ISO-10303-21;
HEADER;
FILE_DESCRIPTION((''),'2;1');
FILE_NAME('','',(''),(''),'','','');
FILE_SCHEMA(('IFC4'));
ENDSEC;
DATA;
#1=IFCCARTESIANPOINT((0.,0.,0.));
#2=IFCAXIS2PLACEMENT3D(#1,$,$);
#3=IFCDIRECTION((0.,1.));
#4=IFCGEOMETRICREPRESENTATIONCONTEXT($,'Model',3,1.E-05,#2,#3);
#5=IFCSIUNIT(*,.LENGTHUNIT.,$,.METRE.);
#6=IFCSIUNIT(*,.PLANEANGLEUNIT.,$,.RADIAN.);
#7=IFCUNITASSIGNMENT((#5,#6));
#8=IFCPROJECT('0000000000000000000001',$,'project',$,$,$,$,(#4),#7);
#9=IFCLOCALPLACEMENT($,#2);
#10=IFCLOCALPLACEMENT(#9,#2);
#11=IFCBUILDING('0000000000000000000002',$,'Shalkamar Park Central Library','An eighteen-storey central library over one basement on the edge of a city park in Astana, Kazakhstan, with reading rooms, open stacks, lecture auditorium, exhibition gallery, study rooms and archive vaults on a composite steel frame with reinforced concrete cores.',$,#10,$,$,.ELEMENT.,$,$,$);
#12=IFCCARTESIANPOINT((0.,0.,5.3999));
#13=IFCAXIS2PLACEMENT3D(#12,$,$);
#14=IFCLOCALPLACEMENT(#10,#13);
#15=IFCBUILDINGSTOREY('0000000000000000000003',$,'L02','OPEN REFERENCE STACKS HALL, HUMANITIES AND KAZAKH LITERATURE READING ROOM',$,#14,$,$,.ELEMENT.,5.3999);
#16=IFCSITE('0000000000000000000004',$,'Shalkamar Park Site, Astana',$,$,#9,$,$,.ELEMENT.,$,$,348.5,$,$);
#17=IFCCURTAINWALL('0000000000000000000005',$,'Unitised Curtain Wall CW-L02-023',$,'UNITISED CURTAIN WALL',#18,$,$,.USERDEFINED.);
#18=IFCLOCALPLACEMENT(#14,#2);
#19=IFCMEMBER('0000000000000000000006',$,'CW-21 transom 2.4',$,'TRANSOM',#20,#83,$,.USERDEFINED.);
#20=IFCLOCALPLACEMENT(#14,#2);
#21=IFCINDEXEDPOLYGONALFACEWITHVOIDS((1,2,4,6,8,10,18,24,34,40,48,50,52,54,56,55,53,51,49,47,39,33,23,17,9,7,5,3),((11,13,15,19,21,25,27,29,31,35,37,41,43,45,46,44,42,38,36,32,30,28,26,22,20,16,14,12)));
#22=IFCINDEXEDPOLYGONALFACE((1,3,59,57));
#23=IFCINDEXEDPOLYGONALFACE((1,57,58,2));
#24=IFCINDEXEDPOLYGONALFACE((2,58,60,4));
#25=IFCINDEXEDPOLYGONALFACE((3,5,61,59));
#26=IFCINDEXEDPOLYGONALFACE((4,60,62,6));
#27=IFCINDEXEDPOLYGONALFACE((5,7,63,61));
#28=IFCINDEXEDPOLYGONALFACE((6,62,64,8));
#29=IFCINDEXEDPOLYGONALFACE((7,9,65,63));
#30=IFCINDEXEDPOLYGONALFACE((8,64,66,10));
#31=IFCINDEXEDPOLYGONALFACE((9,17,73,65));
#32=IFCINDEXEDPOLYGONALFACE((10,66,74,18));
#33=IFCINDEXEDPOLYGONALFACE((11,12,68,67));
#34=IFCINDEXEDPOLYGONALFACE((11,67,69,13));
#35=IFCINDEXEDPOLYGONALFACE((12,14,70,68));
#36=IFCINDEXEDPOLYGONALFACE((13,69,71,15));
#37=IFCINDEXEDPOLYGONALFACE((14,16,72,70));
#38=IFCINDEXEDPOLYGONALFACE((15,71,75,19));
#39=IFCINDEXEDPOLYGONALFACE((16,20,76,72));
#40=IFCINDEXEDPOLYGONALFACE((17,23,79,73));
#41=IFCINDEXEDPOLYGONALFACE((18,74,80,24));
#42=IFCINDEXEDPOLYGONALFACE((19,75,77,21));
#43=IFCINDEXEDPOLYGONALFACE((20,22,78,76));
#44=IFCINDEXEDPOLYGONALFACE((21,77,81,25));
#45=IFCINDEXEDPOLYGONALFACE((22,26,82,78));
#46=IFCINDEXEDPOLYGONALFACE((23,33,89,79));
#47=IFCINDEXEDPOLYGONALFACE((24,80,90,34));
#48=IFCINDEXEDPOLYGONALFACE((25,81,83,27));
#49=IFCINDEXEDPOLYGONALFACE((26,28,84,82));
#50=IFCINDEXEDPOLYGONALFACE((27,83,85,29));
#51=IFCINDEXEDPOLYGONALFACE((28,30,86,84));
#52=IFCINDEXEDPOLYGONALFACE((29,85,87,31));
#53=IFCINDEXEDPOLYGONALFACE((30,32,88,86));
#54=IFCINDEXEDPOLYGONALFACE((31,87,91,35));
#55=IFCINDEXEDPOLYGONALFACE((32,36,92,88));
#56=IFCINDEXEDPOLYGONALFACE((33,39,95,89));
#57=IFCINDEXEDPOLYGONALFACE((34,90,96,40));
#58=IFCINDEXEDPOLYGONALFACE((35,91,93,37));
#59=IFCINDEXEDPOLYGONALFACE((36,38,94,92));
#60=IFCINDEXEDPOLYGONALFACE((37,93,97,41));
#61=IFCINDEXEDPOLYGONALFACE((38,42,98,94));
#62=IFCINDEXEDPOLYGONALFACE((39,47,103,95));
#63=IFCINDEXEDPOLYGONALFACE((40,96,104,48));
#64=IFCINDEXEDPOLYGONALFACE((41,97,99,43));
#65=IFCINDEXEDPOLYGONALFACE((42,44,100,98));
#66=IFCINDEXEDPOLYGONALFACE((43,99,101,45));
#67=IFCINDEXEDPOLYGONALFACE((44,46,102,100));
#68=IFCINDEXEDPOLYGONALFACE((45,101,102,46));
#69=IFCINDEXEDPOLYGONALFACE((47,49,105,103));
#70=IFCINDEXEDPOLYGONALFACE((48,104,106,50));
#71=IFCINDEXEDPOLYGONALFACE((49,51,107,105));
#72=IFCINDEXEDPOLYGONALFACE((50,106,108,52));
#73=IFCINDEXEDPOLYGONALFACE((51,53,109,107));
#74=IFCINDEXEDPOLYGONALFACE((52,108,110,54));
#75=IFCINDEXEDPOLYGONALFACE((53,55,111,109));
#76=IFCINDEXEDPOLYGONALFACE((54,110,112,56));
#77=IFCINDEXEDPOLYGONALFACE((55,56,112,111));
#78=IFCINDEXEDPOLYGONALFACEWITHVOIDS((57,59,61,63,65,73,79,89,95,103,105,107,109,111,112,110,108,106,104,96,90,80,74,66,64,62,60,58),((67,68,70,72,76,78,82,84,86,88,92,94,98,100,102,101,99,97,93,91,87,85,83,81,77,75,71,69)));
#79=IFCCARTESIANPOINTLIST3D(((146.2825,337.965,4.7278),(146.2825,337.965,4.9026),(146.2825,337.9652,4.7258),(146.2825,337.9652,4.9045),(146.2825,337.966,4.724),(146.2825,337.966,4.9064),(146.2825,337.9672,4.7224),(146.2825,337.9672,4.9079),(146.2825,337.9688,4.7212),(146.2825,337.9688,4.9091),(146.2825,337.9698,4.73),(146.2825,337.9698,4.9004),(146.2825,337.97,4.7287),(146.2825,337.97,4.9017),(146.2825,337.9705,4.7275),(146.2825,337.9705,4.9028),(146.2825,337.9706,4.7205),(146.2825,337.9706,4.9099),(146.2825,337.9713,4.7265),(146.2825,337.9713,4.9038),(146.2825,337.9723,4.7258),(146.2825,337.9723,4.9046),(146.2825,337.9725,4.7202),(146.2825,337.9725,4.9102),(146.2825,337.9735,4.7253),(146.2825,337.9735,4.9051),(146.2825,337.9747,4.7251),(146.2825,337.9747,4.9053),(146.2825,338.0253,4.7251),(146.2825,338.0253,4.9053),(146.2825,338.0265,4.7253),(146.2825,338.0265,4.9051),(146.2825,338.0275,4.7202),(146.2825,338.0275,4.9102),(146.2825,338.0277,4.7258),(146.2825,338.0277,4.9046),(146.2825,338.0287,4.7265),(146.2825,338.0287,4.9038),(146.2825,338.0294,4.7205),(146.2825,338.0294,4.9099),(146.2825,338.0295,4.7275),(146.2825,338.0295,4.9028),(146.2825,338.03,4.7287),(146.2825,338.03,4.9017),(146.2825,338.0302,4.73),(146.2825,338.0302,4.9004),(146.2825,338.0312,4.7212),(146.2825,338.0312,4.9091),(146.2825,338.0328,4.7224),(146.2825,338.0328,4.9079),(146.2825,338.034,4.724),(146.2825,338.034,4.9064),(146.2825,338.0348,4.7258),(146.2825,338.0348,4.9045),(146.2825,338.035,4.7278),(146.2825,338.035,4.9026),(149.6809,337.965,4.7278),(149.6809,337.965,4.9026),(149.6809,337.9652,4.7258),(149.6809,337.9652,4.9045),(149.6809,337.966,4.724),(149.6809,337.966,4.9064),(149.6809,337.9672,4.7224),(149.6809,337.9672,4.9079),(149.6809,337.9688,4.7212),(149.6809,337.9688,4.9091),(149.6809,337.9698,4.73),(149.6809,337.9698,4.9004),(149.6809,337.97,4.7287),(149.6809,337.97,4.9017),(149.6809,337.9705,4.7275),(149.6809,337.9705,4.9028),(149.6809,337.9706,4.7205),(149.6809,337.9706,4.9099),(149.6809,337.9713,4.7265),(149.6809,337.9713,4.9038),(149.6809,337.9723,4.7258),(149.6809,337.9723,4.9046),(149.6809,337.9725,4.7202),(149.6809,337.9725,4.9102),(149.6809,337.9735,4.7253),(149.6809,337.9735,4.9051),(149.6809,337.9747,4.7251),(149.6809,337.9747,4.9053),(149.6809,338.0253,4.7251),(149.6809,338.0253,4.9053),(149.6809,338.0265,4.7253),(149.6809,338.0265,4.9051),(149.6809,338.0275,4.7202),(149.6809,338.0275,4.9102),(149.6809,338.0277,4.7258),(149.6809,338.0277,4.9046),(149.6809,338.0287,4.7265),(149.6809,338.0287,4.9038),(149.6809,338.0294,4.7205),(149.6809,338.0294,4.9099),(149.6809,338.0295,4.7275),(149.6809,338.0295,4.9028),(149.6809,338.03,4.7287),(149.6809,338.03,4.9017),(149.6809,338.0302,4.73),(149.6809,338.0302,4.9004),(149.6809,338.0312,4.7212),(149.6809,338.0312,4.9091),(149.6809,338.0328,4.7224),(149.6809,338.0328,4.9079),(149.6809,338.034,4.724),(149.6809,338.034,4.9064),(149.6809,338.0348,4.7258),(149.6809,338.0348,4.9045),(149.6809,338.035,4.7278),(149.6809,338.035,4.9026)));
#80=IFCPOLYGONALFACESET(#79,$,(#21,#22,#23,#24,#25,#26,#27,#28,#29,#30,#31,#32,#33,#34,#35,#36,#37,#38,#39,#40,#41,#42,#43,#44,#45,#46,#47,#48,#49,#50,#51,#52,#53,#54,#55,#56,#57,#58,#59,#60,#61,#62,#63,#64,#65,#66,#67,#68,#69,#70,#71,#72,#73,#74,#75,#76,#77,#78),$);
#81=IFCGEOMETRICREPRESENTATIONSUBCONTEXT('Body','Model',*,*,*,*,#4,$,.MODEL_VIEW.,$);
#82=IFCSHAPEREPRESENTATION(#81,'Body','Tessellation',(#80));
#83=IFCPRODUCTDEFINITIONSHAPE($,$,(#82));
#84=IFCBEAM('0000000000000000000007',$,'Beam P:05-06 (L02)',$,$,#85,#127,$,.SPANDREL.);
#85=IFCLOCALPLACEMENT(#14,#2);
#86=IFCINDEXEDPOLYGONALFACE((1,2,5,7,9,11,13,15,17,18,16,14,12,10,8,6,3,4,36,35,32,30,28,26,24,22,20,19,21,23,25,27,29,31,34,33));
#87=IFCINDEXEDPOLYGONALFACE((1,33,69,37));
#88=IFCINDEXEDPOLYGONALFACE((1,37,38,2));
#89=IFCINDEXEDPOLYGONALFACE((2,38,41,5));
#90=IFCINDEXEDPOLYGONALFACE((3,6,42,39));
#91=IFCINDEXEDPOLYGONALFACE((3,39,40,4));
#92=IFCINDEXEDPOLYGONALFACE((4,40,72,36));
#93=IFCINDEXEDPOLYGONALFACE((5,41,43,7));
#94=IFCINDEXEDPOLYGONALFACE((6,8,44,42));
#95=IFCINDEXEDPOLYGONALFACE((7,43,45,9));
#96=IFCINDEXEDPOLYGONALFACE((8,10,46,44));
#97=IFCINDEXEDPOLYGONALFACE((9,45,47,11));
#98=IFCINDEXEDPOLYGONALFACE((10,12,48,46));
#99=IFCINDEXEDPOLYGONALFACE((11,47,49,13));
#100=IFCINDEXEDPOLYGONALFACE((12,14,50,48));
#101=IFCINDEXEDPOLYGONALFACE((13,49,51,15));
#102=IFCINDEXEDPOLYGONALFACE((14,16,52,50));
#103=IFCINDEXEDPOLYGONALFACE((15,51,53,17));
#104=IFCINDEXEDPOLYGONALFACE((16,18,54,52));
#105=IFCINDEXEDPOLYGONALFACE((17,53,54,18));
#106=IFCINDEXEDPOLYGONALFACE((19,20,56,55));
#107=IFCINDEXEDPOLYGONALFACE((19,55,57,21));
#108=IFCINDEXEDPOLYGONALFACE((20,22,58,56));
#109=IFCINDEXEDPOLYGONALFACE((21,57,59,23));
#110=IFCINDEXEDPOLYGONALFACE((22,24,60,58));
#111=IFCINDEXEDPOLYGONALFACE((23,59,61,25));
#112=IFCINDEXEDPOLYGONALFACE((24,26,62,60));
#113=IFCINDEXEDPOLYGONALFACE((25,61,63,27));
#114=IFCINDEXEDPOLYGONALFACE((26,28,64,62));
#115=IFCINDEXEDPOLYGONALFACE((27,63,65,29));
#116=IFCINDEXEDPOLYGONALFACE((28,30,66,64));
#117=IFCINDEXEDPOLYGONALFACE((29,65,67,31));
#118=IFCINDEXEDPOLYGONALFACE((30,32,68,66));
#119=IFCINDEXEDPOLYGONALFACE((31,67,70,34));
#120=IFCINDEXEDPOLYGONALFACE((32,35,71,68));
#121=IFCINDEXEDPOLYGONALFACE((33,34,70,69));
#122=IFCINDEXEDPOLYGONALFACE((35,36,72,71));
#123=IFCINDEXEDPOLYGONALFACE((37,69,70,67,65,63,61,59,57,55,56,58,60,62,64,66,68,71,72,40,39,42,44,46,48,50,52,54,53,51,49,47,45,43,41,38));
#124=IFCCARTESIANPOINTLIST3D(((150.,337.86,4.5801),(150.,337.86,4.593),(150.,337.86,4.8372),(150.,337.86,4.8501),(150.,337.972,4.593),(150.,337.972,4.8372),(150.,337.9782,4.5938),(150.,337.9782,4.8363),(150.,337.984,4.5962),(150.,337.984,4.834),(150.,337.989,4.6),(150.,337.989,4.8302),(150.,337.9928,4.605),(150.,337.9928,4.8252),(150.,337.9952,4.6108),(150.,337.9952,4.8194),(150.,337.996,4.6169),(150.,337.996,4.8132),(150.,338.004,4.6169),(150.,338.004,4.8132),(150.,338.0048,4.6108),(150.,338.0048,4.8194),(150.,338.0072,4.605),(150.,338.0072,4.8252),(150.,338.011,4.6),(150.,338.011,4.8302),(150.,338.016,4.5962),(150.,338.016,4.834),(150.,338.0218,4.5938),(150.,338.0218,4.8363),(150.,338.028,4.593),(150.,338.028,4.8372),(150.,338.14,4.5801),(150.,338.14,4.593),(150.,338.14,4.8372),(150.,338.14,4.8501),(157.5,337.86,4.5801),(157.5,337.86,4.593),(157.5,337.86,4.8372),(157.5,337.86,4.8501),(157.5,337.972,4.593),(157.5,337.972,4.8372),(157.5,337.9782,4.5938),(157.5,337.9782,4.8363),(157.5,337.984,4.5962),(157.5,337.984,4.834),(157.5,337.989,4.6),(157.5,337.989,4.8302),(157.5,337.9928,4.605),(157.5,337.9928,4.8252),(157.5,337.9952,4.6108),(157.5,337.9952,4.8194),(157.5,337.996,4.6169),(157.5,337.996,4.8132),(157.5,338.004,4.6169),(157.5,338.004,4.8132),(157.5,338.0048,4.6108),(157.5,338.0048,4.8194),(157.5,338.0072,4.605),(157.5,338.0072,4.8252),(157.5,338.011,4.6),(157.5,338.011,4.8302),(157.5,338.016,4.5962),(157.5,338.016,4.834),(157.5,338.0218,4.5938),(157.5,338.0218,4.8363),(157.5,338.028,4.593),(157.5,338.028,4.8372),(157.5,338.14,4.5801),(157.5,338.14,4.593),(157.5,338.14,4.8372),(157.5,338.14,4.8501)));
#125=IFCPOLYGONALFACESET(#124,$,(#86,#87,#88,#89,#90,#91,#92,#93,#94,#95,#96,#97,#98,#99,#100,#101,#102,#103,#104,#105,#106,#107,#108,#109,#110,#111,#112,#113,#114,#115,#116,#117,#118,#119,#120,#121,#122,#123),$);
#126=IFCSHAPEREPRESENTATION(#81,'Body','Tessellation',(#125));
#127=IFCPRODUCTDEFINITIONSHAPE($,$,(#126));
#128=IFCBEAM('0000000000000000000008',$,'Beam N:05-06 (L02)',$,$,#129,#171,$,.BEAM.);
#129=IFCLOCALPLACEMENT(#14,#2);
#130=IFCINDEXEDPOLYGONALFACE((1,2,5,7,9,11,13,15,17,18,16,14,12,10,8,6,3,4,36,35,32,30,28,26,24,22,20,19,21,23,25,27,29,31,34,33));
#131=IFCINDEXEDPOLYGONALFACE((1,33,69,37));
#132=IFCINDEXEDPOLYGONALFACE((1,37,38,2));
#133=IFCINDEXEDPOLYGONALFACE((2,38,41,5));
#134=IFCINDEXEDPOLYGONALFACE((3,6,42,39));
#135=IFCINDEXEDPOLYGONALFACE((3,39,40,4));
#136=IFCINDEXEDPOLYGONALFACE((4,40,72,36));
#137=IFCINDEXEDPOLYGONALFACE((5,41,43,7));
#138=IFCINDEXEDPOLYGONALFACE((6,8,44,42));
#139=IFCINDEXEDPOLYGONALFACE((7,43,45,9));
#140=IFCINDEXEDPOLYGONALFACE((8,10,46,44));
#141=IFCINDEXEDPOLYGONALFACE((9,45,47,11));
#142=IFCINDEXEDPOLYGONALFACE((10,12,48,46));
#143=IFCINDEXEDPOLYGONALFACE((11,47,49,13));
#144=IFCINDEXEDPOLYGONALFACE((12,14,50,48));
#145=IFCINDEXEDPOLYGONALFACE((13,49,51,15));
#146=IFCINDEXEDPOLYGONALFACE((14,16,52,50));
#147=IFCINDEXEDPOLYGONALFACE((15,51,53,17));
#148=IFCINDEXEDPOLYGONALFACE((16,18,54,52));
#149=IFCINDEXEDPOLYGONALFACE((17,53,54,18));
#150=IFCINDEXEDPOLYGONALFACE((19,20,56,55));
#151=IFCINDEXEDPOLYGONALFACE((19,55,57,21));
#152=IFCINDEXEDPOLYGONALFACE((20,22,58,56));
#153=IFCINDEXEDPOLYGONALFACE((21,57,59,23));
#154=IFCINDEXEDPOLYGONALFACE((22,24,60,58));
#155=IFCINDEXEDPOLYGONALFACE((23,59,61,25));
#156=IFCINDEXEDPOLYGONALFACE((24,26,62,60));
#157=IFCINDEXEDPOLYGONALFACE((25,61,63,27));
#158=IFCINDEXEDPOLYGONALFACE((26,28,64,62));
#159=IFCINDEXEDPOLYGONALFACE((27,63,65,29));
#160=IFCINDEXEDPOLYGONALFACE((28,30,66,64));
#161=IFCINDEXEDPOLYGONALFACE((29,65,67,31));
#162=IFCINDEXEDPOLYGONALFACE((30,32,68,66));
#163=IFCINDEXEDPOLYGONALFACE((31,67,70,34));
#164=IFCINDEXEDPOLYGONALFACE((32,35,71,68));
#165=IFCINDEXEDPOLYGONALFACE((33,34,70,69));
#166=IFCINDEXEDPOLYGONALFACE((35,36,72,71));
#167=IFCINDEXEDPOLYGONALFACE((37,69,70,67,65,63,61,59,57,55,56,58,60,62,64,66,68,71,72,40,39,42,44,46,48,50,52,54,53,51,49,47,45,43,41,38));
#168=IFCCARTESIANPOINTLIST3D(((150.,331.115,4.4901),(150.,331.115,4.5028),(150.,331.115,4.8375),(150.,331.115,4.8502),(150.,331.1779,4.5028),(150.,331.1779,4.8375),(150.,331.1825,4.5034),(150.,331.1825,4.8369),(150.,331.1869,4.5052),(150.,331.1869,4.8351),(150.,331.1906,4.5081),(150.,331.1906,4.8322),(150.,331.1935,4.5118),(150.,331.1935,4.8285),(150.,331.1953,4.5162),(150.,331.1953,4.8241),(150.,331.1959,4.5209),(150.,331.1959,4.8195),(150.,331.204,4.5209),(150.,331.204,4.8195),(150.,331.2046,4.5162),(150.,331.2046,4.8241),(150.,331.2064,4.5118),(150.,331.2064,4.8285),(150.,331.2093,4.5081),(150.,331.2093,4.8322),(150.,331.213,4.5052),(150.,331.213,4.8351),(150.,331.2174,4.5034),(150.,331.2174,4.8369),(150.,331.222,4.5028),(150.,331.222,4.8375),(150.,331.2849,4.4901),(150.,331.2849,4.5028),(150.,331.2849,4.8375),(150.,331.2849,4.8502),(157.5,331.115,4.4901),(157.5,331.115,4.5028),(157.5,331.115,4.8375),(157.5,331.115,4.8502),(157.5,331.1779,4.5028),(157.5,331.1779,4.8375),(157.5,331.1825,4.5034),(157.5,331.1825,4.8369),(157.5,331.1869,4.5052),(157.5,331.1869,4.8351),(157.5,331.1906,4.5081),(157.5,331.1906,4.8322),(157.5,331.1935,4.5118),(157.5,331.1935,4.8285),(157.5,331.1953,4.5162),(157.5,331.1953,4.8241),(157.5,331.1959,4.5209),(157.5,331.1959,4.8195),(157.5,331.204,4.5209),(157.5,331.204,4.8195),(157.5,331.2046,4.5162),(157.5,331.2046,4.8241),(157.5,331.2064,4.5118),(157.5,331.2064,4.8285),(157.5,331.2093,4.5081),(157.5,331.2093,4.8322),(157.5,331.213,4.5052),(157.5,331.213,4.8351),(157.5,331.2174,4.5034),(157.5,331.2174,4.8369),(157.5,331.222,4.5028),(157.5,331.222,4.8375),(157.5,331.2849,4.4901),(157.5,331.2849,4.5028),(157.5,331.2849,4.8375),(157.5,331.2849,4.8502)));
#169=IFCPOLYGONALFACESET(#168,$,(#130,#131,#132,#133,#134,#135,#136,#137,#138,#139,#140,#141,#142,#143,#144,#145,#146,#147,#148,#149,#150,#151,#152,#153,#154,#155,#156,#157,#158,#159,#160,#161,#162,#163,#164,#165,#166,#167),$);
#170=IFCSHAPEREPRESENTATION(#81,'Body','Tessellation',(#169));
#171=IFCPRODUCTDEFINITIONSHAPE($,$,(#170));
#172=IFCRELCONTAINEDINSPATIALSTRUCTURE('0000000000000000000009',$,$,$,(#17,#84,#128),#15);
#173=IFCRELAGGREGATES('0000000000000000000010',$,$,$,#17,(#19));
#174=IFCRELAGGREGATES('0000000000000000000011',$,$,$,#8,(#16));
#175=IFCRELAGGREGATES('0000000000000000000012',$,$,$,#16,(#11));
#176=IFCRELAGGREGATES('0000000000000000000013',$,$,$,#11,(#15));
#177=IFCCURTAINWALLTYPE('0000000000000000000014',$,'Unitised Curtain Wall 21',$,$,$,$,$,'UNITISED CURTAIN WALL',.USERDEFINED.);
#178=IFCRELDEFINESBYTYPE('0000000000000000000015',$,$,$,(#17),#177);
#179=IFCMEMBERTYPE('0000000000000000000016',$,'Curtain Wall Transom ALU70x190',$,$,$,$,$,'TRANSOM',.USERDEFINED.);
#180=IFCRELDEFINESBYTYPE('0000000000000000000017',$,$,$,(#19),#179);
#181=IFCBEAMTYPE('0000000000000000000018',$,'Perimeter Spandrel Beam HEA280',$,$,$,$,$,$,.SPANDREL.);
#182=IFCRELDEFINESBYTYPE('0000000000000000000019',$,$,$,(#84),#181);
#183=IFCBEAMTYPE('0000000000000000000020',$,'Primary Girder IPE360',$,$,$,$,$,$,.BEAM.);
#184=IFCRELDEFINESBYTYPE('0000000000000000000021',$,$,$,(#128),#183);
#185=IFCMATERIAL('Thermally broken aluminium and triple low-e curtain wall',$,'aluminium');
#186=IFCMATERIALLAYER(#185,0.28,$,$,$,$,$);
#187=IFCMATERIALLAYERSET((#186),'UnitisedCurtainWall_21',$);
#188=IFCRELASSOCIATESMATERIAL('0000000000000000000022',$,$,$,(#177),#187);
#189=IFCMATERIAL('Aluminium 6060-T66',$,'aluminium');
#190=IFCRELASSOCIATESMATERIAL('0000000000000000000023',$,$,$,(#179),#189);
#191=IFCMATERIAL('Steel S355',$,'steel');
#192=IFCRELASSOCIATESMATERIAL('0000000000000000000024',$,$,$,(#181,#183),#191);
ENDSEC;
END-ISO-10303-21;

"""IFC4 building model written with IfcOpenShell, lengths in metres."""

from ifc_helpers import new_model, si_unit, direction, frame, origin, origin_2d, place, context, subcontext, project, spatial, hollow_rectangle, i_section, extrude, material, layer, layer_set, material_profile, profile_set, type_object, element, aggregate, save


model = new_model("IFC4")

# Units and contexts
model_context = context("Model", 3, precision=1e-05, world=origin(), true_north=direction((0.0, 1.0)))
body_context = subcontext(model_context, "Body", "Model", "MODEL_VIEW")
ifc_project = project(units=[si_unit("LENGTHUNIT", "METRE"), si_unit("PLANEANGLEUNIT", "RADIAN")], contexts=[model_context])

# Site, building, storey
site_placement = place(None, origin())
site = spatial("IfcSite", under=ifc_project, at=site_placement, Name="Shalkamar Park Site, Astana", CompositionType="ELEMENT", RefElevation=348.5)
building_placement = place(site_placement, origin())
building = spatial("IfcBuilding", under=site, at=building_placement, Name="Shalkamar Park Central Library", Description="An eighteen-storey central library over one basement on the edge of a city park in Astana, Kazakhstan, with reading rooms, open stacks, lecture auditorium, exhibition gallery, study rooms and archive vaults on a composite steel frame with reinforced concrete cores.", CompositionType="ELEMENT")
storey_placement = place(building_placement, frame((0.0, 0.0, 5.3999)))
storey = spatial("IfcBuildingStorey", under=building, at=storey_placement, Name="L02", Description="OPEN REFERENCE STACKS HALL, HUMANITIES AND KAZAKH LITERATURE READING ROOM", CompositionType="ELEMENT", Elevation=5.3999)

# Shared definitions
ifc_material_1 = material(Name="Steel S355", Category="steel")

# Shared definitions
ifc_material_2 = material(Name="Thermally broken aluminium and triple low-e curtain wall", Category="aluminium")
ifc_material_3 = material(Name="Aluminium 6060-T66", Category="aluminium")

# Curtain wall
ifc_layer_1 = layer(ifc_material_2, 0.28)
ifc_layer_set_1 = layer_set([ifc_layer_1], Name="UnitisedCurtainWall_21")
curtain_wall_type_1 = type_object("IfcCurtainWallType", Name="Unitised Curtain Wall 21", ElementType="UNITISED CURTAIN WALL", PredefinedType="USERDEFINED", material=ifc_layer_set_1)
curtain_wall_1_placement = place(storey_placement, origin())
curtain_wall_1 = element("IfcCurtainWall", 1, at=curtain_wall_1_placement, inside=storey, type_object=curtain_wall_type_1, Name="Unitised Curtain Wall CW-L02-023", ObjectType="UNITISED CURTAIN WALL", PredefinedType="USERDEFINED")

# Member
ifc_material_profile_1 = material_profile(ifc_material_3, hollow_rectangle(XDim=0.0701, YDim=0.1899, WallThickness=0.0049, InnerFilletRadius=0.0049, OuterFilletRadius=0.0076, at=origin_2d()), Name="ALU 70x190x5")
ifc_profile_set_1 = profile_set([ifc_material_profile_1], Name="Aluminium 6060-T66")
member_type_1 = type_object("IfcMemberType", Name="Curtain Wall Transom ALU70x190", ElementType="TRANSOM", PredefinedType="USERDEFINED", material=ifc_profile_set_1)
member_1_placement = place(storey_placement, frame((146.2825, 338.0, 4.8152), z_axis=(1.0, 0.0, 0.0), x_axis=(0.0, 1.0, 0.0)))
member_1 = element("IfcMember", 2, at=member_1_placement, type_object=member_type_1, Name="CW-21 transom 2.4", ObjectType="TRANSOM", PredefinedType="USERDEFINED", context=body_context, shape_type="SweptSolid", body=[
    extrude(hollow_rectangle(XDim=0.0701, YDim=0.1899, WallThickness=0.0049, InnerFilletRadius=0.0049, OuterFilletRadius=0.0076, at=origin_2d()), origin(), (0.0, 0.0, 1.0), 3.3984),
])

# Beams
ifc_material_profile_2 = material_profile(ifc_material_1, i_section(OverallWidth=0.28, OverallDepth=0.27, WebThickness=0.0081, FlangeThickness=0.0129, FilletRadius=0.0239, at=origin_2d()), Name="HEA 280")
ifc_profile_set_2 = profile_set([ifc_material_profile_2], Name="Steel S355")
beam_type_1 = type_object("IfcBeamType", Name="Perimeter Spandrel Beam HEA280", PredefinedType="SPANDREL", material=ifc_profile_set_2)
beam_1_placement = place(storey_placement, frame((150.0, 338.0, 4.7151), z_axis=(1.0, 0.0, 0.0), x_axis=(0.0, 1.0, 0.0)))
element("IfcBeam", 3, at=beam_1_placement, inside=storey, type_object=beam_type_1, Name="Beam P:05-06 (L02)", PredefinedType="SPANDREL", context=body_context, shape_type="SweptSolid", body=[
    extrude(i_section(OverallWidth=0.28, OverallDepth=0.27, WebThickness=0.0081, FlangeThickness=0.0129, FilletRadius=0.0239, at=origin_2d()), origin(), (0.0, 0.0, 1.0), 7.5),
])
ifc_material_profile_3 = material_profile(ifc_material_1, i_section(OverallWidth=0.1699, OverallDepth=0.3601, WebThickness=0.0081, FlangeThickness=0.0127, FilletRadius=0.0181, at=origin_2d()), Name="IPE 360")
ifc_profile_set_3 = profile_set([ifc_material_profile_3], Name="Steel S355")
beam_type_2 = type_object("IfcBeamType", Name="Primary Girder IPE360", PredefinedType="BEAM", material=ifc_profile_set_3)
beam_2_placement = place(storey_placement, frame((150.0, 331.2, 4.6702), z_axis=(1.0, 0.0, 0.0), x_axis=(0.0, 1.0, 0.0)))
element("IfcBeam", 4, at=beam_2_placement, inside=storey, type_object=beam_type_2, Name="Beam N:05-06 (L02)", PredefinedType="BEAM", context=body_context, shape_type="SweptSolid", body=[
    extrude(i_section(OverallWidth=0.1699, OverallDepth=0.3601, WebThickness=0.0081, FlangeThickness=0.0127, FilletRadius=0.0181, at=origin_2d()), origin(), (0.0, 0.0, 1.0), 7.5),
])

aggregate(curtain_wall_1, [member_1])

save(model, "model.ifc")
